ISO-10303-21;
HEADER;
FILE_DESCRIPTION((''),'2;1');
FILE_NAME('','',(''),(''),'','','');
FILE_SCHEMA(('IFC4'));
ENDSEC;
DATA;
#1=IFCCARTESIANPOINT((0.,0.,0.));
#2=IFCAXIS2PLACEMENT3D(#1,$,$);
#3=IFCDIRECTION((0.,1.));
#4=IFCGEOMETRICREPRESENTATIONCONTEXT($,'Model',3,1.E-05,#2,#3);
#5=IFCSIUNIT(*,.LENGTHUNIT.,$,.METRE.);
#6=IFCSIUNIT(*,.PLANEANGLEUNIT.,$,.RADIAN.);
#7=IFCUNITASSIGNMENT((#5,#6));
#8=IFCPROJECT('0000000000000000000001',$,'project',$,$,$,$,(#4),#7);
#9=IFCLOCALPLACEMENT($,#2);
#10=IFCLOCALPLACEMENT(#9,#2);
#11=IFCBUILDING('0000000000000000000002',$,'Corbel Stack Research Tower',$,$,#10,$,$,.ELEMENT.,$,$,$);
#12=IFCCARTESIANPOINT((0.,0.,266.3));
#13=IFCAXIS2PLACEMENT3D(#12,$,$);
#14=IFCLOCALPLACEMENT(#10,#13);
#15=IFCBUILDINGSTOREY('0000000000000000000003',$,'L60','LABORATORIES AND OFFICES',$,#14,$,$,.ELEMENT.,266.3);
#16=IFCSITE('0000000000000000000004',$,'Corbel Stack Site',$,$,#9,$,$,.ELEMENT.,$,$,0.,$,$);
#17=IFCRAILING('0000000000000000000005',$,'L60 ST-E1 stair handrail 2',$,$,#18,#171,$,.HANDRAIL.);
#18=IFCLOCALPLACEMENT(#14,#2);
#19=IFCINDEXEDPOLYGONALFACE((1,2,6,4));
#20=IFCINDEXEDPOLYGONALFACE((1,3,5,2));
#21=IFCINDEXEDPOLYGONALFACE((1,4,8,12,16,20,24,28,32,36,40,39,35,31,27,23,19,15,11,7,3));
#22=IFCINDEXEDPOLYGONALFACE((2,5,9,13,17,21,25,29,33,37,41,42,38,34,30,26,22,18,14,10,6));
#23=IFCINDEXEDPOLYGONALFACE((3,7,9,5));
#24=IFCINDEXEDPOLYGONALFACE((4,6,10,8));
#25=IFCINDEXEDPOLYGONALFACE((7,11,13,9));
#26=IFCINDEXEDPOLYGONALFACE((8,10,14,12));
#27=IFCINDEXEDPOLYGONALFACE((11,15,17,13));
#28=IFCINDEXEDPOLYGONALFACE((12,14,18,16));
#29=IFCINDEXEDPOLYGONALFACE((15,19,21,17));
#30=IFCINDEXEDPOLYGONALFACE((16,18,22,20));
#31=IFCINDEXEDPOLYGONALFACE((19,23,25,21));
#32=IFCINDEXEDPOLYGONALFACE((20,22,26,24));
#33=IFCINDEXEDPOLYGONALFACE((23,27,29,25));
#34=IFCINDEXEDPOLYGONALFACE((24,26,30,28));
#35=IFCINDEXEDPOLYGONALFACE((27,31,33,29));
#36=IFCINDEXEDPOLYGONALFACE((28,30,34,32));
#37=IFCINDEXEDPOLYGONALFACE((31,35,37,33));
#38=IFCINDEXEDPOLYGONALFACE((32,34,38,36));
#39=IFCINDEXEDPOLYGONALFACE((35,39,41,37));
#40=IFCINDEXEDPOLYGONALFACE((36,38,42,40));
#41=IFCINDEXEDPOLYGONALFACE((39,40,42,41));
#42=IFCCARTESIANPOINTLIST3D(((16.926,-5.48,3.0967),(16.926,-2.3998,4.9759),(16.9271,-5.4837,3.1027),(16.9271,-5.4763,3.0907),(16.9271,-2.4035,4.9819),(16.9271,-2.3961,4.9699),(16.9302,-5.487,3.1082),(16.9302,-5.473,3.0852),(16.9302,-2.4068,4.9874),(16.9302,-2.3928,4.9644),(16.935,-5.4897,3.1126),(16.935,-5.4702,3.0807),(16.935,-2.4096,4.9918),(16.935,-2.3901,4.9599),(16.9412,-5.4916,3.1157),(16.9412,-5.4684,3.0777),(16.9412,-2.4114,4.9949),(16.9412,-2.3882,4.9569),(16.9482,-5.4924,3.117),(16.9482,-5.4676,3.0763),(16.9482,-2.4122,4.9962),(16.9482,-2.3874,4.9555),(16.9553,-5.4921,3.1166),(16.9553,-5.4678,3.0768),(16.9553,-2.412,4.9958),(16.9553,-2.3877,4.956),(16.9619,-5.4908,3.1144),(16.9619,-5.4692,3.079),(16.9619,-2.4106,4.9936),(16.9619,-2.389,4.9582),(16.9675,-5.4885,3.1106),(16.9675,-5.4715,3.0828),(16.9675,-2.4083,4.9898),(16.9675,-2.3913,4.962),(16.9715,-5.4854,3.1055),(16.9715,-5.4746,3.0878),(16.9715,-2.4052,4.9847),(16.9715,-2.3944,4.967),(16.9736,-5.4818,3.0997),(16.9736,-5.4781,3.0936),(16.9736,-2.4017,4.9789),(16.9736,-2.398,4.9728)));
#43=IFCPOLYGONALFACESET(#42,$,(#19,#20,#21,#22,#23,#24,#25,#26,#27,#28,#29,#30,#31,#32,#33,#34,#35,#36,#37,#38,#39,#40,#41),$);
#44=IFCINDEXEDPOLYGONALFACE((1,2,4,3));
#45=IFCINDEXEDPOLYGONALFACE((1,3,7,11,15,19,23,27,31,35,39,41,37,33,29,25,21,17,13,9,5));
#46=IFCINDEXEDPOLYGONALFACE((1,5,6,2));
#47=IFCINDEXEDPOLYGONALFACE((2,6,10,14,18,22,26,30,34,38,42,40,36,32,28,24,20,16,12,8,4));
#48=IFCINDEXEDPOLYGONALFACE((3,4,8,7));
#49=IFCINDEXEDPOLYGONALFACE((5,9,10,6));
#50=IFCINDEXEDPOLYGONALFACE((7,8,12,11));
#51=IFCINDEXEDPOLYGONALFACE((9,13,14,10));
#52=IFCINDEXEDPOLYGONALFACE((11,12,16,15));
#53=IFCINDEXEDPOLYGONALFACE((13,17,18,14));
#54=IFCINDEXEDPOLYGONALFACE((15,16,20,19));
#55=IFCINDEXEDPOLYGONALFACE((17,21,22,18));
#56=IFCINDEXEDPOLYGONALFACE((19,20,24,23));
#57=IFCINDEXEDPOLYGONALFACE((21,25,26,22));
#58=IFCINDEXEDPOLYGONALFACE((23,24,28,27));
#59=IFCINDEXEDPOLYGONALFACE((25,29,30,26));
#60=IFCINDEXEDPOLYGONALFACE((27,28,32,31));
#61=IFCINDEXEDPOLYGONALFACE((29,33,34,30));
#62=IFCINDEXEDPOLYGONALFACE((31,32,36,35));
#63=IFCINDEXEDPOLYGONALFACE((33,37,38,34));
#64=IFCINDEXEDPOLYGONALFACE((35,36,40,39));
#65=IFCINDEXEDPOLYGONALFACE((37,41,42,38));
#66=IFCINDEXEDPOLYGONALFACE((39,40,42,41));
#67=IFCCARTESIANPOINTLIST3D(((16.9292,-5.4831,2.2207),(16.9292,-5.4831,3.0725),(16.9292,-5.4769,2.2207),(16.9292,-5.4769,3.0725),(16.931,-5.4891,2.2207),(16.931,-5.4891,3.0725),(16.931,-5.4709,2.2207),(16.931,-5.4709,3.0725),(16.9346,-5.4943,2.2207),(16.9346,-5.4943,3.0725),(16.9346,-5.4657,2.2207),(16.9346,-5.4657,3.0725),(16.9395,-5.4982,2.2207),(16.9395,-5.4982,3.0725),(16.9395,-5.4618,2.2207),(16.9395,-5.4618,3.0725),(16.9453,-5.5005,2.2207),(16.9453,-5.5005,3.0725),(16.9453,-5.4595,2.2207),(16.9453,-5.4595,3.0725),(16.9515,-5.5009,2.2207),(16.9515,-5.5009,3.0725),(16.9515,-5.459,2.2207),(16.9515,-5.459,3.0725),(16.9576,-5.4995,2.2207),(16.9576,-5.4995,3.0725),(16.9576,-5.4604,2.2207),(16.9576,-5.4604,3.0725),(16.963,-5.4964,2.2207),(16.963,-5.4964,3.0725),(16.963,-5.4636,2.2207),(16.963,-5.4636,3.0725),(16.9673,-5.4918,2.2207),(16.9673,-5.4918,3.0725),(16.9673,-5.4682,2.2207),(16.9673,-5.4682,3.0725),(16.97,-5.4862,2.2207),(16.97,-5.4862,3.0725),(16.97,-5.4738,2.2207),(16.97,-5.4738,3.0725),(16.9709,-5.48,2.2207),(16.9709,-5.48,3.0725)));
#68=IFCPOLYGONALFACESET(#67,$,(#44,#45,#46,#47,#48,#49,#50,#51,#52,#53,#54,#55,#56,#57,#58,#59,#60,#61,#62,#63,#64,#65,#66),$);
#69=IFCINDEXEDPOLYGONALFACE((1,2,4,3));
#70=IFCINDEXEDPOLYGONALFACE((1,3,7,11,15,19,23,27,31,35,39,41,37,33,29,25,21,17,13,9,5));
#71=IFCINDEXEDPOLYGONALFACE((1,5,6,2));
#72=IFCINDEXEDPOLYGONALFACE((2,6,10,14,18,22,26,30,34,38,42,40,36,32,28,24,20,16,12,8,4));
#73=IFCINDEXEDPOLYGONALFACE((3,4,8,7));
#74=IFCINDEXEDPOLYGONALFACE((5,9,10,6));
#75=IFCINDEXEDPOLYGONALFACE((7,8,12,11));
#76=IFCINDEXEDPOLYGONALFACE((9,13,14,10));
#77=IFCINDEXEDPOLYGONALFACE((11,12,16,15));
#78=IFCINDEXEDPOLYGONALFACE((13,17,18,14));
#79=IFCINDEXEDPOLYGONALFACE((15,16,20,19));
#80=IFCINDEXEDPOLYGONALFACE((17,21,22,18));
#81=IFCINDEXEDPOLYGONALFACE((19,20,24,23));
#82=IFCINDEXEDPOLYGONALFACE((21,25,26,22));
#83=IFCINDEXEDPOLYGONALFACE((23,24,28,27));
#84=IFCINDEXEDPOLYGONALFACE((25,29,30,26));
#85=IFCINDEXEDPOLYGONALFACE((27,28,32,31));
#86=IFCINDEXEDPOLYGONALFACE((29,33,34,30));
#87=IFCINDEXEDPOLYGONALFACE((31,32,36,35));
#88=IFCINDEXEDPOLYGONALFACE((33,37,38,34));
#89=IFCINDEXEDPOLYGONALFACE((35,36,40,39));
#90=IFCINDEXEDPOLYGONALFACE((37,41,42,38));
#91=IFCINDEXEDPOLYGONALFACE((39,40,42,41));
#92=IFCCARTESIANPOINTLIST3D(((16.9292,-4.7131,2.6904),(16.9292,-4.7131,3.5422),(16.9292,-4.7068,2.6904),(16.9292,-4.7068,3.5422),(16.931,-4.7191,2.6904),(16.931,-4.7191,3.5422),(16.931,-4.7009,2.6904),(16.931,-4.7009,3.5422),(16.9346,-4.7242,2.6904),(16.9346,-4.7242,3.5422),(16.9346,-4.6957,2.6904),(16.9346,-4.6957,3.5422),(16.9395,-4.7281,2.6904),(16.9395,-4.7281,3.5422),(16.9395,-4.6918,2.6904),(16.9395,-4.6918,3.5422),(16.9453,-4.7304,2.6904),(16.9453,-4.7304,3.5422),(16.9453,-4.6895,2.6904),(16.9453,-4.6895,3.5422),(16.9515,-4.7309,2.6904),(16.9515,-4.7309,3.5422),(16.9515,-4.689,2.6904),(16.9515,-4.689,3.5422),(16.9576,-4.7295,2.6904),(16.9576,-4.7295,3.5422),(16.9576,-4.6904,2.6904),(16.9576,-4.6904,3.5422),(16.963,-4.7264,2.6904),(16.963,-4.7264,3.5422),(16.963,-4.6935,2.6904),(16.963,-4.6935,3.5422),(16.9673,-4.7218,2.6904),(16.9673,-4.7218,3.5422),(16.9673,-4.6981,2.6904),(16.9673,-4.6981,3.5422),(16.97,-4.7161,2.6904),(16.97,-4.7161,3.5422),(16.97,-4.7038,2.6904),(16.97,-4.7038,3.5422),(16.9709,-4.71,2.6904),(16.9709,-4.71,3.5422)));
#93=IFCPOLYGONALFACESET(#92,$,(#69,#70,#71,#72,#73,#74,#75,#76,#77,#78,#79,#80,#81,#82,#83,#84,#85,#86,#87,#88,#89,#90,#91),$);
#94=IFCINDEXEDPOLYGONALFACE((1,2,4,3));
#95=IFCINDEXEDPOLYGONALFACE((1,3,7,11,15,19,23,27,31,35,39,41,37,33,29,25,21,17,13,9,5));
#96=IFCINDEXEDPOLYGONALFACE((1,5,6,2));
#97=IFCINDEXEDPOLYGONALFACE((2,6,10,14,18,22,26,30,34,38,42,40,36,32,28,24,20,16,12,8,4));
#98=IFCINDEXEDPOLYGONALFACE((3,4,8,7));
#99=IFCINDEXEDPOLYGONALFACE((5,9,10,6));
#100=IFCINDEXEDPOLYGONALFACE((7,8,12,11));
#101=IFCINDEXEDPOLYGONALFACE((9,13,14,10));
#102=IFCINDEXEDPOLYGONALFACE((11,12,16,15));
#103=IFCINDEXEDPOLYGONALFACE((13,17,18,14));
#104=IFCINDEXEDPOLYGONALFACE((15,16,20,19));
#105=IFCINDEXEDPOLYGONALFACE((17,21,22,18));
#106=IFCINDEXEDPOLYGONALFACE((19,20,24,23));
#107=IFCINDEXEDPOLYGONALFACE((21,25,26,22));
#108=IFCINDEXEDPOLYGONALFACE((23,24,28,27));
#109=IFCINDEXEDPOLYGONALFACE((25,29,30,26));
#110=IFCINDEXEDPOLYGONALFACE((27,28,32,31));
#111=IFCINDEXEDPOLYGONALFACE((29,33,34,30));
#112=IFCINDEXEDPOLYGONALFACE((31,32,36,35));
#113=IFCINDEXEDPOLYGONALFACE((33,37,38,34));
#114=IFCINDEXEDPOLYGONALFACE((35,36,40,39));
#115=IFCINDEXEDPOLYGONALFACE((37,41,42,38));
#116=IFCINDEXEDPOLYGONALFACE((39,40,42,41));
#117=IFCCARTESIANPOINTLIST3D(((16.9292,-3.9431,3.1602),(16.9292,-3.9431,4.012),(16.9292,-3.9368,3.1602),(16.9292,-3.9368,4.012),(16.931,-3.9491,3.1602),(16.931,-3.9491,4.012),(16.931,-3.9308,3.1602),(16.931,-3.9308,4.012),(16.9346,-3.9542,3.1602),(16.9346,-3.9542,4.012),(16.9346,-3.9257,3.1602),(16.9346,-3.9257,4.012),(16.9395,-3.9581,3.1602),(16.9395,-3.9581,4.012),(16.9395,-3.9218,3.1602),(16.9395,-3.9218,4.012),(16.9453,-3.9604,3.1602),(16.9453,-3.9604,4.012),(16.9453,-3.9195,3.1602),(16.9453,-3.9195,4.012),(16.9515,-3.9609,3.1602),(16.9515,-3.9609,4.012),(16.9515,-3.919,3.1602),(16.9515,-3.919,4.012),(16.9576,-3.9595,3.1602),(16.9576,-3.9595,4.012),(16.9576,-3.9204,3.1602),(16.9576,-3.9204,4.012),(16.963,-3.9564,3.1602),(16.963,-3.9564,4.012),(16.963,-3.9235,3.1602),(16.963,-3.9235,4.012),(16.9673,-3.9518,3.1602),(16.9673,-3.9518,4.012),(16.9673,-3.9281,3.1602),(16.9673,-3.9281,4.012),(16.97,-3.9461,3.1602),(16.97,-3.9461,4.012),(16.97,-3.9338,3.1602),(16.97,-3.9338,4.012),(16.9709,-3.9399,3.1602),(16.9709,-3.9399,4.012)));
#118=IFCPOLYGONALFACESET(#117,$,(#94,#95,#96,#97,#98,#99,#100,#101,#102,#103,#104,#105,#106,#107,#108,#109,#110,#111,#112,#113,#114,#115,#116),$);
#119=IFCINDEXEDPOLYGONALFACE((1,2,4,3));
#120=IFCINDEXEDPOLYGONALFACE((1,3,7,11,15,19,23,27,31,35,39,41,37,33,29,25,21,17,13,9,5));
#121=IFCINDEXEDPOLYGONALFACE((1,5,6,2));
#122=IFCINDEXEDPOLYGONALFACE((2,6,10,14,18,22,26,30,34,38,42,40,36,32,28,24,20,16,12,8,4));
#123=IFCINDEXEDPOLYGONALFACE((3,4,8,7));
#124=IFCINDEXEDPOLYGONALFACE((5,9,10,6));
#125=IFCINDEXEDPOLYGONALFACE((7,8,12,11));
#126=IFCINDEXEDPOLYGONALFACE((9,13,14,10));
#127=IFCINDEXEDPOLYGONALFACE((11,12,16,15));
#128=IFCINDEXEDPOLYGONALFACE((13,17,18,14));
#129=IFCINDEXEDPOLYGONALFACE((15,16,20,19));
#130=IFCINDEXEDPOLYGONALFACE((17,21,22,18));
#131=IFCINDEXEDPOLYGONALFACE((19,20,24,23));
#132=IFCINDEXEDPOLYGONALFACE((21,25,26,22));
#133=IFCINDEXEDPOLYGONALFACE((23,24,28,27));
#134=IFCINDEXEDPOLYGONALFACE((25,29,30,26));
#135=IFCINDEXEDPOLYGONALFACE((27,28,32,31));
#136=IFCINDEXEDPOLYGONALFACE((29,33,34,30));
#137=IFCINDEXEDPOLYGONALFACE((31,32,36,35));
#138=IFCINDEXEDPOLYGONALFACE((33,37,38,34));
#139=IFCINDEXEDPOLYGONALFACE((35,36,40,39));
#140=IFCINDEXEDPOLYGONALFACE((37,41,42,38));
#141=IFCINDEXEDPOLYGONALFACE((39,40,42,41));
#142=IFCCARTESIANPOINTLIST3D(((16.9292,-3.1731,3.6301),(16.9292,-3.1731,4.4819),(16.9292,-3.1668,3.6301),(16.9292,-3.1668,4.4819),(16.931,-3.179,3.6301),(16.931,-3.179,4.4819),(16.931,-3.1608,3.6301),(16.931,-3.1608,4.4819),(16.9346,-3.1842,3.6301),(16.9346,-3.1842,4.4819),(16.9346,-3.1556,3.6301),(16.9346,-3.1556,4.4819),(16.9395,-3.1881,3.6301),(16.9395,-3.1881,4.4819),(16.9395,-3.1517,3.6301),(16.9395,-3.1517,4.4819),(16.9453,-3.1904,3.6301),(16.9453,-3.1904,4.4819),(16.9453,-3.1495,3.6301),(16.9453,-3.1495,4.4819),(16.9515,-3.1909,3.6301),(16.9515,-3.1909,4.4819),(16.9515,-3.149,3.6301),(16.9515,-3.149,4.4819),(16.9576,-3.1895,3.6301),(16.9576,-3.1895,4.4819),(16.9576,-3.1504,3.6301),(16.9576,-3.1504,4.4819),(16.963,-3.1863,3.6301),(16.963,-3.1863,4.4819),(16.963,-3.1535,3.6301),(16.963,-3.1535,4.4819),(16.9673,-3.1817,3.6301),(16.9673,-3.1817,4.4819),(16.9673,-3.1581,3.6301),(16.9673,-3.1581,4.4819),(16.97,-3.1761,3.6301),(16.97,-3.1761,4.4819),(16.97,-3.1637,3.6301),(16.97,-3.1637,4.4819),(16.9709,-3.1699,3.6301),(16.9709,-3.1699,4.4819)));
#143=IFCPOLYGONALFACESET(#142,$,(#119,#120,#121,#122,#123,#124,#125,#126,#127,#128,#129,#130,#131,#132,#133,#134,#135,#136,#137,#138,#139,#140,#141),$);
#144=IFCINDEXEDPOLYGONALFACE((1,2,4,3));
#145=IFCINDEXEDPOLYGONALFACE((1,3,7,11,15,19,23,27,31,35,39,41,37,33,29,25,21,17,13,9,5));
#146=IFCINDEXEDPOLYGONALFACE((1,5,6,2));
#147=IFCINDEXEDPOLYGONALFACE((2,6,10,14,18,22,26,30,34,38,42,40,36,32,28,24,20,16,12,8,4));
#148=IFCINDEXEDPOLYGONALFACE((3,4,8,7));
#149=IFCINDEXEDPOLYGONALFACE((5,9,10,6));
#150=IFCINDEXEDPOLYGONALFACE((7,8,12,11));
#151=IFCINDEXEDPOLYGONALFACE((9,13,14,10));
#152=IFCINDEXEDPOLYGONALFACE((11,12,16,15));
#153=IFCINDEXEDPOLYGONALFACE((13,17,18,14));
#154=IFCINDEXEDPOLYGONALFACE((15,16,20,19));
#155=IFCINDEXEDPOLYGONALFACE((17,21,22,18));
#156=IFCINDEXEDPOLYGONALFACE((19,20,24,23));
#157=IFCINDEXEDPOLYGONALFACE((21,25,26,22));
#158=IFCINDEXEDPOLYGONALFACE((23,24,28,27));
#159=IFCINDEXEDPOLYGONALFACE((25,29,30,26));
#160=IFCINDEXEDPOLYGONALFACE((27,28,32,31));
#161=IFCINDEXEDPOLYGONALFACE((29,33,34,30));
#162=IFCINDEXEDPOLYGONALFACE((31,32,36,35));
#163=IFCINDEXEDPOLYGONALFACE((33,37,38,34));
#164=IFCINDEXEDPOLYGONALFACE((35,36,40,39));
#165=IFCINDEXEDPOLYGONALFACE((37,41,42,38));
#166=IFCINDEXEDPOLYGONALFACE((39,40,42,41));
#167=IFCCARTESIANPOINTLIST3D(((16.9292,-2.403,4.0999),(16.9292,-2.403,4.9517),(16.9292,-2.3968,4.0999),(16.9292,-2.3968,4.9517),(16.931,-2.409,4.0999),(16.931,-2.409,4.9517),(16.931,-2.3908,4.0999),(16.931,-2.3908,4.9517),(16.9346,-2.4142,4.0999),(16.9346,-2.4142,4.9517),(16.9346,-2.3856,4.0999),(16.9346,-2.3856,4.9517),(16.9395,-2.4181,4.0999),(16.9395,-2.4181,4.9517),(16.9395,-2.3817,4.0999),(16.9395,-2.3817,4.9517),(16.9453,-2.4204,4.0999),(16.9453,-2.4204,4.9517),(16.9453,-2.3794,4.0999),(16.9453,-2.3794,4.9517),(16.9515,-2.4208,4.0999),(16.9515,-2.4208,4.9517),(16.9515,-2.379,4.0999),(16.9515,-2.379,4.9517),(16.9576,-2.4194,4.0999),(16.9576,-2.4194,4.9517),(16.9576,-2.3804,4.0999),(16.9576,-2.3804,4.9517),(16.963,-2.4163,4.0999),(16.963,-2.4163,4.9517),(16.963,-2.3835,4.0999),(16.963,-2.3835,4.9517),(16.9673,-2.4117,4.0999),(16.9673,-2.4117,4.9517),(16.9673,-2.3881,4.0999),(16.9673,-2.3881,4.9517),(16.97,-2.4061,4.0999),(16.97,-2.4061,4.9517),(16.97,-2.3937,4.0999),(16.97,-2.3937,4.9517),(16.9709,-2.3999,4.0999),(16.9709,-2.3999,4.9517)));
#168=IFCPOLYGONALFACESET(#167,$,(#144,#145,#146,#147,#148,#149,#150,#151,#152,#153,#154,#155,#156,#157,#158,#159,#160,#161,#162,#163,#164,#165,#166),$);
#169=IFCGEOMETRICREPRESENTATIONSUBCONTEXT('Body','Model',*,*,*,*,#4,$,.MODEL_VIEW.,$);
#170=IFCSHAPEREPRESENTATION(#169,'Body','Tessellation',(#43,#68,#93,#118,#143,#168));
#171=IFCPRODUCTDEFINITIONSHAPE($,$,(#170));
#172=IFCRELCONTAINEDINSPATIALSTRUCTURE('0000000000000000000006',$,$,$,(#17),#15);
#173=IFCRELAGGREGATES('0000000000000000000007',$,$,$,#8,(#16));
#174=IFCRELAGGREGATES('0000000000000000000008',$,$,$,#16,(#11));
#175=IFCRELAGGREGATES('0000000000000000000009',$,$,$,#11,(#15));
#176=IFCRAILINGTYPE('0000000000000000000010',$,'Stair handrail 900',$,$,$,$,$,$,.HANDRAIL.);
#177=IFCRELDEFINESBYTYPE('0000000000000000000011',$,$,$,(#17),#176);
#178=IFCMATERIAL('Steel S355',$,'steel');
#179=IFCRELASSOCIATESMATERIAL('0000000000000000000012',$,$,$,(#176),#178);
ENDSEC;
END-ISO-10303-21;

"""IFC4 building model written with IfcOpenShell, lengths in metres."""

from ifc_helpers import new_model, si_unit, direction, frame, origin, origin_2d, place, context, subcontext, project, spatial, circle, extrude, material, type_object, element, save


model = new_model("IFC4")

# Units and contexts
model_context = context("Model", 3, precision=1e-05, world=origin(), true_north=direction((0.0, 1.0)))
body_context = subcontext(model_context, "Body", "Model", "MODEL_VIEW")
ifc_project = project(units=[si_unit("LENGTHUNIT", "METRE"), si_unit("PLANEANGLEUNIT", "RADIAN")], contexts=[model_context])

# Site, building, storey
site_placement = place(None, origin())
site = spatial("IfcSite", under=ifc_project, at=site_placement, Name="Corbel Stack Site", CompositionType="ELEMENT", RefElevation=0.0)
building_placement = place(site_placement, origin())
building = spatial("IfcBuilding", under=site, at=building_placement, Name="Corbel Stack Research Tower", CompositionType="ELEMENT")
storey_placement = place(building_placement, frame((0.0, 0.0, 266.3)))
storey = spatial("IfcBuildingStorey", under=building, at=storey_placement, Name="L60", Description="LABORATORIES AND OFFICES", CompositionType="ELEMENT", Elevation=266.3)

# Railing
ifc_material_1 = material(Name="Steel S355", Category="steel")
railing_type_1 = type_object("IfcRailingType", Name="Stair handrail 900", PredefinedType="HANDRAIL", material=ifc_material_1)
railing_1_placement = place(storey_placement, frame((16.95, -5.48, 2.2207)))
element("IfcRailing", 1, at=railing_1_placement, inside=storey, type_object=railing_type_1, Name="L60 ST-E1 stair handrail 2", PredefinedType="HANDRAIL", context=body_context, shape_type="SweptSolid", body=[
    extrude(circle(Radius=0.0239, at=origin_2d()), frame((0.0, 0.0, 0.876), z_axis=(0.0, 0.853666, 0.52082), x_axis=(-1.0, 0.0, 0.0)), (0.0, 0.0, 1.0), 3.6082),
    extrude(circle(Radius=0.021, at=origin_2d()), origin(), (0.0, 0.0, 1.0), 0.8518),
    extrude(circle(Radius=0.021, at=origin_2d()), frame((0.0, 0.77, 0.4697)), (0.0, 0.0, 1.0), 0.8518),
    extrude(circle(Radius=0.021, at=origin_2d()), frame((0.0, 1.54, 0.9395)), (0.0, 0.0, 1.0), 0.8518),
    extrude(circle(Radius=0.021, at=origin_2d()), frame((0.0, 2.3101, 1.4094)), (0.0, 0.0, 1.0), 0.8518),
    extrude(circle(Radius=0.021, at=origin_2d()), frame((0.0, 3.0801, 1.8792)), (0.0, 0.0, 1.0), 0.8518),
])

save(model, "model.ifc")
